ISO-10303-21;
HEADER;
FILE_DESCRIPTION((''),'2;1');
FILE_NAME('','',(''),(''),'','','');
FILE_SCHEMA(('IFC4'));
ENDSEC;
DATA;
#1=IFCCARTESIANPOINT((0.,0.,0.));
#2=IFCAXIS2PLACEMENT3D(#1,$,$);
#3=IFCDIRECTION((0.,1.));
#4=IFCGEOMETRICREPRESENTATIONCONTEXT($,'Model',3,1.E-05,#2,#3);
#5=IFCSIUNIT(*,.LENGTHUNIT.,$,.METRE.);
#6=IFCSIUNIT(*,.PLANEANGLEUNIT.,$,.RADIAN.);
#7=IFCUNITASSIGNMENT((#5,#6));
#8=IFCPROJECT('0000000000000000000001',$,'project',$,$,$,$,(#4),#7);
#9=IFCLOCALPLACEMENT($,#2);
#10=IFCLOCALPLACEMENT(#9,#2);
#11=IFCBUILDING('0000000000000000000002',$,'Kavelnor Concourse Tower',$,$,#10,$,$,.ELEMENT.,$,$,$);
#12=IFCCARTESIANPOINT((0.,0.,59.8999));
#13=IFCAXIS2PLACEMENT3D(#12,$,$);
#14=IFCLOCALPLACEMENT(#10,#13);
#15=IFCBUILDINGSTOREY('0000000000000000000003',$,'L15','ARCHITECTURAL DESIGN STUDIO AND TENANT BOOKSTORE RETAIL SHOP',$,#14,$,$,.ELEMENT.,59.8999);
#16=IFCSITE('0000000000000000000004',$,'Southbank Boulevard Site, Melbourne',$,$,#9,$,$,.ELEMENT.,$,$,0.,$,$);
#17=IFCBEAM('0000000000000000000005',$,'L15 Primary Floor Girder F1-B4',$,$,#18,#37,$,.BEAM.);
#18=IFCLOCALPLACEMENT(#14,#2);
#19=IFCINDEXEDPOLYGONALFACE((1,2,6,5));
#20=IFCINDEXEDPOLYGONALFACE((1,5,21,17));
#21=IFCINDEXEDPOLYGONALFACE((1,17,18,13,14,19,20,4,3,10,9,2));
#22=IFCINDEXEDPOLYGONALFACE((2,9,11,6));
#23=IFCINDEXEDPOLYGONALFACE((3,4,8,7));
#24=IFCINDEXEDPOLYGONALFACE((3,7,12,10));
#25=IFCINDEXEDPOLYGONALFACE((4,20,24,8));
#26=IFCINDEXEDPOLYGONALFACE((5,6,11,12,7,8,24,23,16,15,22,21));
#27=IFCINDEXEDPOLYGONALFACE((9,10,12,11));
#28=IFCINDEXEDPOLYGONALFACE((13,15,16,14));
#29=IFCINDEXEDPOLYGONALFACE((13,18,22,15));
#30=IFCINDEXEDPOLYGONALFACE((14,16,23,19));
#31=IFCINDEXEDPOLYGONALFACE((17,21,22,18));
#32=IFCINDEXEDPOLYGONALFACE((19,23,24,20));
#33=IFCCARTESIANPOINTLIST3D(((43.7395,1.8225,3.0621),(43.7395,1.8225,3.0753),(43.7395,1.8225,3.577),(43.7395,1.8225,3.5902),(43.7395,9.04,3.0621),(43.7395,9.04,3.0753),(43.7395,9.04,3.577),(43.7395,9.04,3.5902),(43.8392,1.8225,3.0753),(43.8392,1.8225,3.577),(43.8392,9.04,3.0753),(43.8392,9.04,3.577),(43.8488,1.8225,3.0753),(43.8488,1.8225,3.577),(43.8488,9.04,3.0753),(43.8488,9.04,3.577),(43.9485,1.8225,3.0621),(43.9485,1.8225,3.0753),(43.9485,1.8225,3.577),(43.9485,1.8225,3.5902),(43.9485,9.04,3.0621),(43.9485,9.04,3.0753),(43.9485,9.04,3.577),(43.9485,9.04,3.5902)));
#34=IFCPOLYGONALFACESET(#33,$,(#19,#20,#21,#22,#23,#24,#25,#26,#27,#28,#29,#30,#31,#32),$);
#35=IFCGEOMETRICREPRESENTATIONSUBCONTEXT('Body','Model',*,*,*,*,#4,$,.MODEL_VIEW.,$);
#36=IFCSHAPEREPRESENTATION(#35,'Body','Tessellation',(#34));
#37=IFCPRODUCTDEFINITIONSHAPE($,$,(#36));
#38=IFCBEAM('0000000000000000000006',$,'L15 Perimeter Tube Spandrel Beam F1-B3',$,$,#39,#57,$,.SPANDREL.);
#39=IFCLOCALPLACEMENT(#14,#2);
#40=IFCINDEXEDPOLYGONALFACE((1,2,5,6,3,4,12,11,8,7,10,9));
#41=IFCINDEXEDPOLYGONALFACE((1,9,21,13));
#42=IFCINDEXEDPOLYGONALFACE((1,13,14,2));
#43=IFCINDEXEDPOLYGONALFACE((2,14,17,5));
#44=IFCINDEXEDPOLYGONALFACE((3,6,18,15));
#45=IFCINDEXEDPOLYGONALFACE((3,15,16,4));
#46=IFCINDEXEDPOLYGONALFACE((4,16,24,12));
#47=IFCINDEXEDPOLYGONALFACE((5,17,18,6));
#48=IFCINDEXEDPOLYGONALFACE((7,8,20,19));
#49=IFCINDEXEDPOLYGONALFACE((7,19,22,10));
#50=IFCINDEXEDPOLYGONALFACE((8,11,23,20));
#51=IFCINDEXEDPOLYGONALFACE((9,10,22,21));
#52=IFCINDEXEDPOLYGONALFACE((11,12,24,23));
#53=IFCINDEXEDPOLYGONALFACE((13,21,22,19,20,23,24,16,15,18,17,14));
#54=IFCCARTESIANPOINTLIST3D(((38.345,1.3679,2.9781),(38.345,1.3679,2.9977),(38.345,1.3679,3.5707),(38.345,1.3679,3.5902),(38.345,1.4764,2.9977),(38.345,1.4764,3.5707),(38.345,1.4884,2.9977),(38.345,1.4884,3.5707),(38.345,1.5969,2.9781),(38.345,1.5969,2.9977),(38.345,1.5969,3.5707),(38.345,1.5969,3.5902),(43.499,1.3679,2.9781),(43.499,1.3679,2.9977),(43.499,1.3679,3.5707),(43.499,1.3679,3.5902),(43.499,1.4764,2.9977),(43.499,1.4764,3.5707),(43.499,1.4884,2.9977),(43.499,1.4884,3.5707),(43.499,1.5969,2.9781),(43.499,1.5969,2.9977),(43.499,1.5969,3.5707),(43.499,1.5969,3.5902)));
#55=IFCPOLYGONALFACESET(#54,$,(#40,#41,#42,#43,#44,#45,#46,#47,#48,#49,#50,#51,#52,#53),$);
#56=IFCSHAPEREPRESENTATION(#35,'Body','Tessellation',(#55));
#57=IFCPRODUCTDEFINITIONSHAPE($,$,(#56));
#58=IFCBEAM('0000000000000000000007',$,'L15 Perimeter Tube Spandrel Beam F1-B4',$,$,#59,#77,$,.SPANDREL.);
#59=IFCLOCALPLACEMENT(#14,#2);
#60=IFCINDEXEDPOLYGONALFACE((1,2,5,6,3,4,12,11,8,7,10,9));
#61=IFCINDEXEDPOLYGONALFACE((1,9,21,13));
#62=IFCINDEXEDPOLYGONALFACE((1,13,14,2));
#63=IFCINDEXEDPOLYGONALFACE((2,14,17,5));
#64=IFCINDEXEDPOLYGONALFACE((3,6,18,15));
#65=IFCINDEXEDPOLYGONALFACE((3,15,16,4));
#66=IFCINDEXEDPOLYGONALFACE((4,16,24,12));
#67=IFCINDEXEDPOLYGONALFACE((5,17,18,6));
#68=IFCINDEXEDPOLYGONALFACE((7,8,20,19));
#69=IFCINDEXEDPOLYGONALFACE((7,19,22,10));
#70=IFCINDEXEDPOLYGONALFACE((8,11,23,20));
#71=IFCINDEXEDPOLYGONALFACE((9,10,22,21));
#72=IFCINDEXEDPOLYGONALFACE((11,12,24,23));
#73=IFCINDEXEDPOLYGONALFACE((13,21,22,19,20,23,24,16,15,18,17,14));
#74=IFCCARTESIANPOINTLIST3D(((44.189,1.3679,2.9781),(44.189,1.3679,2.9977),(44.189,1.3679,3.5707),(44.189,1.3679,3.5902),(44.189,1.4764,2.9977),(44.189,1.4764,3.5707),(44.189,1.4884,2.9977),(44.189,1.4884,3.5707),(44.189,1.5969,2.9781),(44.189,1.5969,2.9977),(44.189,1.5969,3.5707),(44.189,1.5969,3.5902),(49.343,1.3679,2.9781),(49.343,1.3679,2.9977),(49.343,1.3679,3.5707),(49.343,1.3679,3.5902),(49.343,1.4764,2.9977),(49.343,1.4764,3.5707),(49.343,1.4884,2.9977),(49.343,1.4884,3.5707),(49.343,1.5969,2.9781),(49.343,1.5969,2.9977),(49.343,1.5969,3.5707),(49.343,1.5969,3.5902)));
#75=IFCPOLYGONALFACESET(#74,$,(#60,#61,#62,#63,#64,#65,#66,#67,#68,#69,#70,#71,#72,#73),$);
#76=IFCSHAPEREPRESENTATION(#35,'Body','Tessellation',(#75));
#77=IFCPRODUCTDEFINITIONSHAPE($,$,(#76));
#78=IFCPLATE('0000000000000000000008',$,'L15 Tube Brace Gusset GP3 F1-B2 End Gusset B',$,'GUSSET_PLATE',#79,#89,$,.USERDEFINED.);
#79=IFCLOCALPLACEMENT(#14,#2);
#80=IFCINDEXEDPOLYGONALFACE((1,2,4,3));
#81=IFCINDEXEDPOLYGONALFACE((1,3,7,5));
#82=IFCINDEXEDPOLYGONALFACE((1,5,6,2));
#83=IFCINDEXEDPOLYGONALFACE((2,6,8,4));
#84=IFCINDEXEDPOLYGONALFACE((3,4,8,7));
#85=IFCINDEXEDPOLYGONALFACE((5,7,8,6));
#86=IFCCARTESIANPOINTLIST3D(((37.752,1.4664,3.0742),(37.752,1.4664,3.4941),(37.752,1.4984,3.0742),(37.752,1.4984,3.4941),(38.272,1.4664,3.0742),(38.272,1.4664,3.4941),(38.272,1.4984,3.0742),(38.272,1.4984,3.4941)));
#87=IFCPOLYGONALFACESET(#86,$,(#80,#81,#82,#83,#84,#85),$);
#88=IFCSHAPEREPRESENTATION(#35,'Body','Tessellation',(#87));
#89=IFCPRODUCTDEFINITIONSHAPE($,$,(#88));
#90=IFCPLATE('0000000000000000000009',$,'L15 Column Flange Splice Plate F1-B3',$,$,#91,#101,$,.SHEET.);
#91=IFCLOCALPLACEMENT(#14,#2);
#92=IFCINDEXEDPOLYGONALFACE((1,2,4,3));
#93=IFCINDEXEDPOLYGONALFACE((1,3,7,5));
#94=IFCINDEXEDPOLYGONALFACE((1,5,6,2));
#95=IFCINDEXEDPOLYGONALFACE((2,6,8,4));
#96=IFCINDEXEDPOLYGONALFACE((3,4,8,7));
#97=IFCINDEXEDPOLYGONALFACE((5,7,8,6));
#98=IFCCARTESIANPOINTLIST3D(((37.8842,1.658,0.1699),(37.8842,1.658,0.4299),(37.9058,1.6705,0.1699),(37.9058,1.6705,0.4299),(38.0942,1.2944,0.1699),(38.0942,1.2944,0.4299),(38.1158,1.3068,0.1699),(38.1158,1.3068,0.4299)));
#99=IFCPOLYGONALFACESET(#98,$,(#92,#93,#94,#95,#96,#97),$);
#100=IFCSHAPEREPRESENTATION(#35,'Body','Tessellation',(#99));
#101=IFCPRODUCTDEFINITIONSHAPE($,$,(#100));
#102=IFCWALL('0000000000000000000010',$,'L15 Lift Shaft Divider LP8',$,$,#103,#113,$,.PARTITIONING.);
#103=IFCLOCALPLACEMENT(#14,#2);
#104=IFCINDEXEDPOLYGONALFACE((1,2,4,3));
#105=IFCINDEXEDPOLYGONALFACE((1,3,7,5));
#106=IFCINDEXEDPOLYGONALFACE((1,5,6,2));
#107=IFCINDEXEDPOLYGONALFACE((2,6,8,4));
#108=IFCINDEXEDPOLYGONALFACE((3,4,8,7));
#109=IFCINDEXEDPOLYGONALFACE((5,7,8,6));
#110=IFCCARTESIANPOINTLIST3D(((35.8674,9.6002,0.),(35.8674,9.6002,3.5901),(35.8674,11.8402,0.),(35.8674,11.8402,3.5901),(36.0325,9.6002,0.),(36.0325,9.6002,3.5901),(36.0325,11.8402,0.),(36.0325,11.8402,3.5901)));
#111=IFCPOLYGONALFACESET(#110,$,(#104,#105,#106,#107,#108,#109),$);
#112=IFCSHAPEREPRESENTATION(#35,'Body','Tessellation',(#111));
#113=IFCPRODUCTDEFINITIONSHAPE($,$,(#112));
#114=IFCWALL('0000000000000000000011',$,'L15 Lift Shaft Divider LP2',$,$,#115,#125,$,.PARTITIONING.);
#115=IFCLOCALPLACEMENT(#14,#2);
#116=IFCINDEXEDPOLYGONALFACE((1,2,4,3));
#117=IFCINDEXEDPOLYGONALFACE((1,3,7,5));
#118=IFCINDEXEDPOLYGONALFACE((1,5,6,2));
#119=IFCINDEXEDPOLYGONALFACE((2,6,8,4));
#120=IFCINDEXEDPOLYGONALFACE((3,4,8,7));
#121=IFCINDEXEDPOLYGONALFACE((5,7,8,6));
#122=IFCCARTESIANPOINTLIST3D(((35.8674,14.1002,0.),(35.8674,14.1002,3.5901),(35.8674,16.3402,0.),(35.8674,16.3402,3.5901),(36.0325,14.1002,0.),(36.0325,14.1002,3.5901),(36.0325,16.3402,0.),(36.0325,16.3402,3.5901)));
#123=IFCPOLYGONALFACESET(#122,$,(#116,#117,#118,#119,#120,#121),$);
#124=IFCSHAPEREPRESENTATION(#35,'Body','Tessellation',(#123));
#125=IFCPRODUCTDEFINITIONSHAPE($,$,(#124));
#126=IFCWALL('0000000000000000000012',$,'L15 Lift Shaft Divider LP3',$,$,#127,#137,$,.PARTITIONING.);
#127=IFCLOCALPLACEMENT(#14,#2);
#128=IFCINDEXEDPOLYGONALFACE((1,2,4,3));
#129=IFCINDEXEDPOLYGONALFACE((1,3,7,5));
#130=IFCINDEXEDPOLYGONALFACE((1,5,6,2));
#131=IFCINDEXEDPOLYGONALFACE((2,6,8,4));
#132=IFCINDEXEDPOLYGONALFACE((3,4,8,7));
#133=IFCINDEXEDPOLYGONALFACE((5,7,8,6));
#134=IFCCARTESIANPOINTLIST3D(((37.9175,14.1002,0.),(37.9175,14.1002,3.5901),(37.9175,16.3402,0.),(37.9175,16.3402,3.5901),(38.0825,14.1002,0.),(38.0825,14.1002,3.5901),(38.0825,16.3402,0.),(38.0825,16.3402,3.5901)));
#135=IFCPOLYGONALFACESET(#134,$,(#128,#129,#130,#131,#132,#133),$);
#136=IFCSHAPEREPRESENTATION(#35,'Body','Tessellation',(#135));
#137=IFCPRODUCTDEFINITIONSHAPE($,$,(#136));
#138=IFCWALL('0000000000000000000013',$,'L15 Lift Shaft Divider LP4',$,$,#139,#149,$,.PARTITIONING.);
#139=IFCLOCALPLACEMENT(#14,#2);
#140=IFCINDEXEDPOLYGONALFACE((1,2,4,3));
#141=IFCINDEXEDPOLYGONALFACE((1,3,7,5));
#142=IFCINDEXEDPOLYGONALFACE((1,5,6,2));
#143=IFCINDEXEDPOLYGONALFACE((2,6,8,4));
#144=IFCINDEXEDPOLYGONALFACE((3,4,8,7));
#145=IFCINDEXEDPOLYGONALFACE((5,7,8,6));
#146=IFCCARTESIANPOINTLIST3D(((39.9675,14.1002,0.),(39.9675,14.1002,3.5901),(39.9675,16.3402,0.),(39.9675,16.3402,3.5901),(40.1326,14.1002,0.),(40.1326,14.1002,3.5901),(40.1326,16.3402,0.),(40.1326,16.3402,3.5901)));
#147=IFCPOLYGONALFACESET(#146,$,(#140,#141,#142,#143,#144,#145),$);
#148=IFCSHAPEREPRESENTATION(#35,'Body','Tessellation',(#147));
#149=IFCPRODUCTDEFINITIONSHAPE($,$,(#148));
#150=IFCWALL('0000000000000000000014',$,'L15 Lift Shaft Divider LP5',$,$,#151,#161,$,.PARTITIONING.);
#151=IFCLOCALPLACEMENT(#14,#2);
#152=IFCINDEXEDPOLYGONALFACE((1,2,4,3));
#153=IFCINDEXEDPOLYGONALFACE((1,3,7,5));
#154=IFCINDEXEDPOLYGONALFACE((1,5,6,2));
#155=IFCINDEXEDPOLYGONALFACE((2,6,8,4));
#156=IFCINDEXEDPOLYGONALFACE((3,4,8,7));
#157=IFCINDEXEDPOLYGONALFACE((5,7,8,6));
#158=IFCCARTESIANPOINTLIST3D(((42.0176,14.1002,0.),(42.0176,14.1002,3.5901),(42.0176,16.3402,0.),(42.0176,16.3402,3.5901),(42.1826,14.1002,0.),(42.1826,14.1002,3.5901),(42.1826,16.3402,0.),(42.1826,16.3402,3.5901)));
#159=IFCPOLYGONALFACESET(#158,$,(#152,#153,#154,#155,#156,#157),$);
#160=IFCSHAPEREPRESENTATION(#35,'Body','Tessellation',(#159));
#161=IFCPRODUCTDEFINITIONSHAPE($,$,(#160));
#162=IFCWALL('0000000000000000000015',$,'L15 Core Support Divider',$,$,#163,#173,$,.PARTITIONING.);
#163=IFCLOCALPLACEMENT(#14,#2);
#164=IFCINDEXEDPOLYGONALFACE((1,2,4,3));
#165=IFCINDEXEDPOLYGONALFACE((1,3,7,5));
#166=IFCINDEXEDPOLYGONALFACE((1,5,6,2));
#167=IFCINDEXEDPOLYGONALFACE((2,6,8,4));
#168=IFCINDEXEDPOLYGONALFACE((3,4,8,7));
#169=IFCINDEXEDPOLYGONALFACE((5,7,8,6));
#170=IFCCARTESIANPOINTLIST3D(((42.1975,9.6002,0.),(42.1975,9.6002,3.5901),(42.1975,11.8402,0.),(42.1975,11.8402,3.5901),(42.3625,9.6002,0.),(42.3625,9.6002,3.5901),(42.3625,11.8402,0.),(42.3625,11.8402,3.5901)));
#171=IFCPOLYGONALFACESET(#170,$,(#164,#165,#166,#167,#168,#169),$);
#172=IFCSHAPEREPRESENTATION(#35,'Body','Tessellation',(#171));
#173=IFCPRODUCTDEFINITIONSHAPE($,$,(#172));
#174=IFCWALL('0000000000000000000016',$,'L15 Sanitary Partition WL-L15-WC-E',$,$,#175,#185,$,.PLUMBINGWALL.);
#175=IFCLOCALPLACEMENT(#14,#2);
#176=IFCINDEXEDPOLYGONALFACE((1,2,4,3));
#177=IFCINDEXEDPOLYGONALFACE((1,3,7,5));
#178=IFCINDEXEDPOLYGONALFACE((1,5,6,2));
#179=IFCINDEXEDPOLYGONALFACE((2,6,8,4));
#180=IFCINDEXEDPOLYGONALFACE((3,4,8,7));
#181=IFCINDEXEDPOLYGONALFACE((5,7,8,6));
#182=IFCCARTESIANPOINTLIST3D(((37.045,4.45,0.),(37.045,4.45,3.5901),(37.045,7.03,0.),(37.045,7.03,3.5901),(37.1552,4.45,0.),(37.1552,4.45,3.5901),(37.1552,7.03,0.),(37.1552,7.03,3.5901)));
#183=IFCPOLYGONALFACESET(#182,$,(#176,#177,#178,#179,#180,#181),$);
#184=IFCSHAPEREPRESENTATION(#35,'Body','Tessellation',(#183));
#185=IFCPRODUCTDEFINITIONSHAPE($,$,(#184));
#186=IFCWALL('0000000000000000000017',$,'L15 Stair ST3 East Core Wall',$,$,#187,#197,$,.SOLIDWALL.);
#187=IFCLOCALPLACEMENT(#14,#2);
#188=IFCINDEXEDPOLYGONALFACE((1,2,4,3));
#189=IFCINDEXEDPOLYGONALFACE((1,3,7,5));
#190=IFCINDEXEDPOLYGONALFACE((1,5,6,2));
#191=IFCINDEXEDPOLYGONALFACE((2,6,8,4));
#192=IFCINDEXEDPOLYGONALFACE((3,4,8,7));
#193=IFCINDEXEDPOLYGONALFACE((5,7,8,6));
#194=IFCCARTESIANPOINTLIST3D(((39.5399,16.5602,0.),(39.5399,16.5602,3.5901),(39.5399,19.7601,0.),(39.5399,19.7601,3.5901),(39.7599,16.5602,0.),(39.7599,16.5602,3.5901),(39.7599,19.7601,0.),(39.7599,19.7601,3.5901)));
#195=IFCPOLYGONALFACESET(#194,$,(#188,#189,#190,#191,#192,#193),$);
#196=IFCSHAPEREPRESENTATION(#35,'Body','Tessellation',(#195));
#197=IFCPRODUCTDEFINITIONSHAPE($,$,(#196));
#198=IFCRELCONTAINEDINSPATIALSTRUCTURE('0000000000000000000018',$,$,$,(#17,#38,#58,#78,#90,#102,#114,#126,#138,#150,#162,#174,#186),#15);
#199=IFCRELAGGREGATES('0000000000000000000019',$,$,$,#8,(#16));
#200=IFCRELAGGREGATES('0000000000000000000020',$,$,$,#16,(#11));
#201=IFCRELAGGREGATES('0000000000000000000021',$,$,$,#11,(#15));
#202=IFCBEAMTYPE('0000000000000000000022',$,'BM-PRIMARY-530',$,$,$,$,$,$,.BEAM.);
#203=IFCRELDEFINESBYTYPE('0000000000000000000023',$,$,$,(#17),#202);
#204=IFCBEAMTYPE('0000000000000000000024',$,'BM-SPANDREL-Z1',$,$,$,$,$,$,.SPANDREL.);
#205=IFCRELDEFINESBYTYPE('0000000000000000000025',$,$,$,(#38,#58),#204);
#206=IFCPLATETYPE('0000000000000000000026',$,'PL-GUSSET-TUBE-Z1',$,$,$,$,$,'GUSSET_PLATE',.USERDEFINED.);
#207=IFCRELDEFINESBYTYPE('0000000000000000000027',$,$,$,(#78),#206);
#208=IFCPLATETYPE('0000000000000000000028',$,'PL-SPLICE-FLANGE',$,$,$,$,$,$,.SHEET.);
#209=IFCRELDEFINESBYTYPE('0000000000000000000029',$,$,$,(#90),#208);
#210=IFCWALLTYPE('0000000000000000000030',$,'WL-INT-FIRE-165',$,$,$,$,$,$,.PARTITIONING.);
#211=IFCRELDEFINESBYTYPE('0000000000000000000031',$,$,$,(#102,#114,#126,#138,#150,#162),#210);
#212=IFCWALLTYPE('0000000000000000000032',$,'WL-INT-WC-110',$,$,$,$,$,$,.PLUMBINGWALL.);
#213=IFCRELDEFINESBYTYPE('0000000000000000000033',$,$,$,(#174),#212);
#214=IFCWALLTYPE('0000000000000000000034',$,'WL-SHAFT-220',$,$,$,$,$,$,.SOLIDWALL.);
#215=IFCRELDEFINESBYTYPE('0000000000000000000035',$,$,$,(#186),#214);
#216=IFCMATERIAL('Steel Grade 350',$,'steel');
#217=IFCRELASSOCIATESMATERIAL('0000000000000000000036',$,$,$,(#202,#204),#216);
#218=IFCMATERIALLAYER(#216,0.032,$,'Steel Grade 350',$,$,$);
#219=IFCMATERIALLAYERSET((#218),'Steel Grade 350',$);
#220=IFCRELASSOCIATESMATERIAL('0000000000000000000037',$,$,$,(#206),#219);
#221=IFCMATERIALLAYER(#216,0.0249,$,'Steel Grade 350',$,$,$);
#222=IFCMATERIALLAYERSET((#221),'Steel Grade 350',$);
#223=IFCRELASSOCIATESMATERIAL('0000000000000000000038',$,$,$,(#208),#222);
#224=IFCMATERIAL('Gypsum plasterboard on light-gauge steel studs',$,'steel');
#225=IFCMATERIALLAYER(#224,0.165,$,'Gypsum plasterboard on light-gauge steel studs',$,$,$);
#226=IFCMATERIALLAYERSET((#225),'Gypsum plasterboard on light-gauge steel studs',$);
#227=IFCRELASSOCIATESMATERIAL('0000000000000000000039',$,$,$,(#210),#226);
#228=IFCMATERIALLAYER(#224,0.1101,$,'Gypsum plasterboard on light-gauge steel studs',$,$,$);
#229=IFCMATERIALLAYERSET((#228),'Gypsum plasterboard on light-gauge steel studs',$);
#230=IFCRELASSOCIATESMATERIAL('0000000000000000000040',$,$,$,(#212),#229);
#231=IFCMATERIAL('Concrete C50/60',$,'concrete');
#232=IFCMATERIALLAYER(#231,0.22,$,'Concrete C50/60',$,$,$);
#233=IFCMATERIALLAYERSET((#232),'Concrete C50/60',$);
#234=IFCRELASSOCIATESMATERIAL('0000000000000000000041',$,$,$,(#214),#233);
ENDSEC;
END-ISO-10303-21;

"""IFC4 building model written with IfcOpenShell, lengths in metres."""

from ifc_helpers import new_model, si_unit, direction, frame, frame_2d, origin, origin_2d, place, context, subcontext, project, spatial, rectangle, i_section, extrude, material, layer, layer_set, material_profile, profile_set, type_object, element, save


model = new_model("IFC4")

# Units and contexts
model_context = context("Model", 3, precision=1e-05, world=origin(), true_north=direction((0.0, 1.0)))
body_context = subcontext(model_context, "Body", "Model", "MODEL_VIEW")
ifc_project = project(units=[si_unit("LENGTHUNIT", "METRE"), si_unit("PLANEANGLEUNIT", "RADIAN")], contexts=[model_context])

# Site, building, storey
site_placement = place(None, origin())
site = spatial("IfcSite", under=ifc_project, at=site_placement, Name="Southbank Boulevard Site, Melbourne", CompositionType="ELEMENT", RefElevation=0.0)
building_placement = place(site_placement, origin())
building = spatial("IfcBuilding", under=site, at=building_placement, Name="Kavelnor Concourse Tower", CompositionType="ELEMENT")
storey_placement = place(building_placement, frame((0.0, 0.0, 59.8999)))
storey = spatial("IfcBuildingStorey", under=building, at=storey_placement, Name="L15", Description="ARCHITECTURAL DESIGN STUDIO AND TENANT BOOKSTORE RETAIL SHOP", CompositionType="ELEMENT", Elevation=59.8999)

# Shared definitions
ifc_material_1 = material(Name="Steel Grade 350", Category="steel")

# Beams
ifc_material_profile_1 = material_profile(ifc_material_1, i_section(OverallWidth=0.209, OverallDepth=0.5281, WebThickness=0.0095, FlangeThickness=0.0132, at=origin_2d()), Name="530UB82")
ifc_profile_set_1 = profile_set([ifc_material_profile_1], Name="Steel Grade 350")
beam_type_1 = type_object("IfcBeamType", Name="BM-PRIMARY-530", PredefinedType="BEAM", material=ifc_profile_set_1)
for number, where, z_axis, x_axis, name in (
    (1, (43.844, 9.04, 3.3262), (0.0, -1.0, 0.0), (1.0, 0.0, 0.0), "L15 Primary Floor Girder F1-B4"),
):
    element("IfcBeam", number, at=place(storey_placement, frame(where, z_axis=z_axis, x_axis=x_axis)), inside=storey, type_object=beam_type_1, Name=name, PredefinedType="BEAM", context=body_context, shape_type="SweptSolid", body=[
        extrude(i_section(OverallWidth=0.209, OverallDepth=0.5281, WebThickness=0.0095, FlangeThickness=0.0132, at=origin_2d()), origin(), (0.0, 0.0, 1.0), 7.2175),
    ])
ifc_material_profile_2 = material_profile(ifc_material_1, i_section(OverallWidth=0.229, OverallDepth=0.6121, WebThickness=0.012, FlangeThickness=0.0195, at=origin_2d()), Name="610UB125")
ifc_profile_set_2 = profile_set([ifc_material_profile_2], Name="Steel Grade 350")
beam_type_2 = type_object("IfcBeamType", Name="BM-SPANDREL-Z1", PredefinedType="SPANDREL", material=ifc_profile_set_2)
for number, where, z_axis, x_axis, name in (
    (2, (38.345, 1.4824, 3.2842), (1.0, 0.0, 0.0), (0.0, 1.0, 0.0), "L15 Perimeter Tube Spandrel Beam F1-B3"),
    (3, (44.189, 1.4824, 3.2842), (1.0, 0.0, 0.0), (0.0, 1.0, 0.0), "L15 Perimeter Tube Spandrel Beam F1-B4"),
):
    element("IfcBeam", number, at=place(storey_placement, frame(where, z_axis=z_axis, x_axis=x_axis)), inside=storey, type_object=beam_type_2, Name=name, PredefinedType="SPANDREL", context=body_context, shape_type="SweptSolid", body=[
        extrude(i_section(OverallWidth=0.229, OverallDepth=0.6121, WebThickness=0.012, FlangeThickness=0.0195, at=origin_2d()), origin(), (0.0, 0.0, 1.0), 5.1541),
    ])

# Plates
ifc_layer_1 = layer(ifc_material_1, 0.032, Name="Steel Grade 350")
ifc_layer_set_1 = layer_set([ifc_layer_1], Name="Steel Grade 350")
plate_type_1 = type_object("IfcPlateType", Name="PL-GUSSET-TUBE-Z1", ElementType="GUSSET_PLATE", PredefinedType="USERDEFINED", material=ifc_layer_set_1)
plate_1_placement = place(storey_placement, frame((38.012, 1.4824, 3.0742), z_axis=(0.0, 0.0, 1.0), x_axis=(1.0, 0.0, 0.0)))
element("IfcPlate", 4, at=plate_1_placement, inside=storey, type_object=plate_type_1, Name="L15 Tube Brace Gusset GP3 F1-B2 End Gusset B", ObjectType="GUSSET_PLATE", PredefinedType="USERDEFINED", context=body_context, shape_type="SweptSolid", body=[
    extrude(rectangle(XDim=0.52, YDim=0.032, at=origin_2d()), origin(), (0.0, 0.0, 1.0), 0.4199),
])
ifc_layer_2 = layer(ifc_material_1, 0.0249, Name="Steel Grade 350")
ifc_layer_set_2 = layer_set([ifc_layer_2], Name="Steel Grade 350")
plate_type_2 = type_object("IfcPlateType", Name="PL-SPLICE-FLANGE", PredefinedType="SHEET", material=ifc_layer_set_2)
plate_2_placement = place(storey_placement, frame((38.0, 1.4824, 0.1699), z_axis=(0.0, 0.0, 1.0), x_axis=(-0.5, 0.866025, 0.0)))
element("IfcPlate", 5, at=plate_2_placement, inside=storey, type_object=plate_type_2, Name="L15 Column Flange Splice Plate F1-B3", PredefinedType="SHEET", context=body_context, shape_type="SweptSolid", body=[
    extrude(rectangle(XDim=0.4199, YDim=0.0249, at=origin_2d()), origin(), (0.0, 0.0, 1.0), 0.26),
])

# Walls
ifc_material_2 = material(Name="Gypsum plasterboard on light-gauge steel studs", Category="steel")
ifc_layer_3 = layer(ifc_material_2, 0.165, Name="Gypsum plasterboard on light-gauge steel studs")
ifc_layer_set_3 = layer_set([ifc_layer_3], Name="Gypsum plasterboard on light-gauge steel studs")
wall_type_1 = type_object("IfcWallType", Name="WL-INT-FIRE-165", PredefinedType="PARTITIONING", material=ifc_layer_set_3)
for number, where, z_axis, x_axis, name in (
    (6, (35.95, 9.6001, 0.0), (0.0, 0.0, 1.0), (0.0, 1.0, 0.0), "L15 Lift Shaft Divider LP8"),
    (7, (35.95, 14.1001, 0.0), (0.0, 0.0, 1.0), (0.0, 1.0, 0.0), "L15 Lift Shaft Divider LP2"),
    (8, (38.0, 14.1001, 0.0), (0.0, 0.0, 1.0), (0.0, 1.0, 0.0), "L15 Lift Shaft Divider LP3"),
    (9, (40.05, 14.1001, 0.0), (0.0, 0.0, 1.0), (0.0, 1.0, 0.0), "L15 Lift Shaft Divider LP4"),
    (10, (42.1001, 14.1001, 0.0), (0.0, 0.0, 1.0), (0.0, 1.0, 0.0), "L15 Lift Shaft Divider LP5"),
    (11, (42.28, 9.6001, 0.0), (0.0, 0.0, 1.0), (0.0, 1.0, 0.0), "L15 Core Support Divider"),
):
    element("IfcWall", number, at=place(storey_placement, frame(where, z_axis=z_axis, x_axis=x_axis)), inside=storey, type_object=wall_type_1, Name=name, PredefinedType="PARTITIONING", context=body_context, shape_type="SweptSolid", body=[
        extrude(rectangle(XDim=2.24, YDim=0.165, at=frame_2d((1.1201, 0.0))), origin(), (0.0, 0.0, 1.0), 3.5901),
    ])
ifc_layer_4 = layer(ifc_material_2, 0.1101, Name="Gypsum plasterboard on light-gauge steel studs")
ifc_layer_set_4 = layer_set([ifc_layer_4], Name="Gypsum plasterboard on light-gauge steel studs")
wall_type_2 = type_object("IfcWallType", Name="WL-INT-WC-110", PredefinedType="PLUMBINGWALL", material=ifc_layer_set_4)
wall_1_placement = place(storey_placement, frame((37.1001, 4.45, 0.0), z_axis=(0.0, 0.0, 1.0), x_axis=(0.0, 1.0, 0.0)))
element("IfcWall", 12, at=wall_1_placement, inside=storey, type_object=wall_type_2, Name="L15 Sanitary Partition WL-L15-WC-E", PredefinedType="PLUMBINGWALL", context=body_context, shape_type="SweptSolid", body=[
    extrude(rectangle(XDim=2.5801, YDim=0.1101, at=frame_2d((1.29, 0.0))), origin(), (0.0, 0.0, 1.0), 3.5901),
])
ifc_material_3 = material(Name="Concrete C50/60", Category="concrete")
ifc_layer_5 = layer(ifc_material_3, 0.22, Name="Concrete C50/60")
ifc_layer_set_5 = layer_set([ifc_layer_5], Name="Concrete C50/60")
wall_type_3 = type_object("IfcWallType", Name="WL-SHAFT-220", PredefinedType="SOLIDWALL", material=ifc_layer_set_5)
wall_2_placement = place(storey_placement, frame((39.6499, 16.5601, 0.0), z_axis=(0.0, 0.0, 1.0), x_axis=(0.0, 1.0, 0.0)))
element("IfcWall", 13, at=wall_2_placement, inside=storey, type_object=wall_type_3, Name="L15 Stair ST3 East Core Wall", PredefinedType="SOLIDWALL", context=body_context, shape_type="SweptSolid", body=[
    extrude(rectangle(XDim=3.2, YDim=0.22, at=frame_2d((1.6001, 0.0))), origin(), (0.0, 0.0, 1.0), 3.5901),
])

save(model, "model.ifc")
